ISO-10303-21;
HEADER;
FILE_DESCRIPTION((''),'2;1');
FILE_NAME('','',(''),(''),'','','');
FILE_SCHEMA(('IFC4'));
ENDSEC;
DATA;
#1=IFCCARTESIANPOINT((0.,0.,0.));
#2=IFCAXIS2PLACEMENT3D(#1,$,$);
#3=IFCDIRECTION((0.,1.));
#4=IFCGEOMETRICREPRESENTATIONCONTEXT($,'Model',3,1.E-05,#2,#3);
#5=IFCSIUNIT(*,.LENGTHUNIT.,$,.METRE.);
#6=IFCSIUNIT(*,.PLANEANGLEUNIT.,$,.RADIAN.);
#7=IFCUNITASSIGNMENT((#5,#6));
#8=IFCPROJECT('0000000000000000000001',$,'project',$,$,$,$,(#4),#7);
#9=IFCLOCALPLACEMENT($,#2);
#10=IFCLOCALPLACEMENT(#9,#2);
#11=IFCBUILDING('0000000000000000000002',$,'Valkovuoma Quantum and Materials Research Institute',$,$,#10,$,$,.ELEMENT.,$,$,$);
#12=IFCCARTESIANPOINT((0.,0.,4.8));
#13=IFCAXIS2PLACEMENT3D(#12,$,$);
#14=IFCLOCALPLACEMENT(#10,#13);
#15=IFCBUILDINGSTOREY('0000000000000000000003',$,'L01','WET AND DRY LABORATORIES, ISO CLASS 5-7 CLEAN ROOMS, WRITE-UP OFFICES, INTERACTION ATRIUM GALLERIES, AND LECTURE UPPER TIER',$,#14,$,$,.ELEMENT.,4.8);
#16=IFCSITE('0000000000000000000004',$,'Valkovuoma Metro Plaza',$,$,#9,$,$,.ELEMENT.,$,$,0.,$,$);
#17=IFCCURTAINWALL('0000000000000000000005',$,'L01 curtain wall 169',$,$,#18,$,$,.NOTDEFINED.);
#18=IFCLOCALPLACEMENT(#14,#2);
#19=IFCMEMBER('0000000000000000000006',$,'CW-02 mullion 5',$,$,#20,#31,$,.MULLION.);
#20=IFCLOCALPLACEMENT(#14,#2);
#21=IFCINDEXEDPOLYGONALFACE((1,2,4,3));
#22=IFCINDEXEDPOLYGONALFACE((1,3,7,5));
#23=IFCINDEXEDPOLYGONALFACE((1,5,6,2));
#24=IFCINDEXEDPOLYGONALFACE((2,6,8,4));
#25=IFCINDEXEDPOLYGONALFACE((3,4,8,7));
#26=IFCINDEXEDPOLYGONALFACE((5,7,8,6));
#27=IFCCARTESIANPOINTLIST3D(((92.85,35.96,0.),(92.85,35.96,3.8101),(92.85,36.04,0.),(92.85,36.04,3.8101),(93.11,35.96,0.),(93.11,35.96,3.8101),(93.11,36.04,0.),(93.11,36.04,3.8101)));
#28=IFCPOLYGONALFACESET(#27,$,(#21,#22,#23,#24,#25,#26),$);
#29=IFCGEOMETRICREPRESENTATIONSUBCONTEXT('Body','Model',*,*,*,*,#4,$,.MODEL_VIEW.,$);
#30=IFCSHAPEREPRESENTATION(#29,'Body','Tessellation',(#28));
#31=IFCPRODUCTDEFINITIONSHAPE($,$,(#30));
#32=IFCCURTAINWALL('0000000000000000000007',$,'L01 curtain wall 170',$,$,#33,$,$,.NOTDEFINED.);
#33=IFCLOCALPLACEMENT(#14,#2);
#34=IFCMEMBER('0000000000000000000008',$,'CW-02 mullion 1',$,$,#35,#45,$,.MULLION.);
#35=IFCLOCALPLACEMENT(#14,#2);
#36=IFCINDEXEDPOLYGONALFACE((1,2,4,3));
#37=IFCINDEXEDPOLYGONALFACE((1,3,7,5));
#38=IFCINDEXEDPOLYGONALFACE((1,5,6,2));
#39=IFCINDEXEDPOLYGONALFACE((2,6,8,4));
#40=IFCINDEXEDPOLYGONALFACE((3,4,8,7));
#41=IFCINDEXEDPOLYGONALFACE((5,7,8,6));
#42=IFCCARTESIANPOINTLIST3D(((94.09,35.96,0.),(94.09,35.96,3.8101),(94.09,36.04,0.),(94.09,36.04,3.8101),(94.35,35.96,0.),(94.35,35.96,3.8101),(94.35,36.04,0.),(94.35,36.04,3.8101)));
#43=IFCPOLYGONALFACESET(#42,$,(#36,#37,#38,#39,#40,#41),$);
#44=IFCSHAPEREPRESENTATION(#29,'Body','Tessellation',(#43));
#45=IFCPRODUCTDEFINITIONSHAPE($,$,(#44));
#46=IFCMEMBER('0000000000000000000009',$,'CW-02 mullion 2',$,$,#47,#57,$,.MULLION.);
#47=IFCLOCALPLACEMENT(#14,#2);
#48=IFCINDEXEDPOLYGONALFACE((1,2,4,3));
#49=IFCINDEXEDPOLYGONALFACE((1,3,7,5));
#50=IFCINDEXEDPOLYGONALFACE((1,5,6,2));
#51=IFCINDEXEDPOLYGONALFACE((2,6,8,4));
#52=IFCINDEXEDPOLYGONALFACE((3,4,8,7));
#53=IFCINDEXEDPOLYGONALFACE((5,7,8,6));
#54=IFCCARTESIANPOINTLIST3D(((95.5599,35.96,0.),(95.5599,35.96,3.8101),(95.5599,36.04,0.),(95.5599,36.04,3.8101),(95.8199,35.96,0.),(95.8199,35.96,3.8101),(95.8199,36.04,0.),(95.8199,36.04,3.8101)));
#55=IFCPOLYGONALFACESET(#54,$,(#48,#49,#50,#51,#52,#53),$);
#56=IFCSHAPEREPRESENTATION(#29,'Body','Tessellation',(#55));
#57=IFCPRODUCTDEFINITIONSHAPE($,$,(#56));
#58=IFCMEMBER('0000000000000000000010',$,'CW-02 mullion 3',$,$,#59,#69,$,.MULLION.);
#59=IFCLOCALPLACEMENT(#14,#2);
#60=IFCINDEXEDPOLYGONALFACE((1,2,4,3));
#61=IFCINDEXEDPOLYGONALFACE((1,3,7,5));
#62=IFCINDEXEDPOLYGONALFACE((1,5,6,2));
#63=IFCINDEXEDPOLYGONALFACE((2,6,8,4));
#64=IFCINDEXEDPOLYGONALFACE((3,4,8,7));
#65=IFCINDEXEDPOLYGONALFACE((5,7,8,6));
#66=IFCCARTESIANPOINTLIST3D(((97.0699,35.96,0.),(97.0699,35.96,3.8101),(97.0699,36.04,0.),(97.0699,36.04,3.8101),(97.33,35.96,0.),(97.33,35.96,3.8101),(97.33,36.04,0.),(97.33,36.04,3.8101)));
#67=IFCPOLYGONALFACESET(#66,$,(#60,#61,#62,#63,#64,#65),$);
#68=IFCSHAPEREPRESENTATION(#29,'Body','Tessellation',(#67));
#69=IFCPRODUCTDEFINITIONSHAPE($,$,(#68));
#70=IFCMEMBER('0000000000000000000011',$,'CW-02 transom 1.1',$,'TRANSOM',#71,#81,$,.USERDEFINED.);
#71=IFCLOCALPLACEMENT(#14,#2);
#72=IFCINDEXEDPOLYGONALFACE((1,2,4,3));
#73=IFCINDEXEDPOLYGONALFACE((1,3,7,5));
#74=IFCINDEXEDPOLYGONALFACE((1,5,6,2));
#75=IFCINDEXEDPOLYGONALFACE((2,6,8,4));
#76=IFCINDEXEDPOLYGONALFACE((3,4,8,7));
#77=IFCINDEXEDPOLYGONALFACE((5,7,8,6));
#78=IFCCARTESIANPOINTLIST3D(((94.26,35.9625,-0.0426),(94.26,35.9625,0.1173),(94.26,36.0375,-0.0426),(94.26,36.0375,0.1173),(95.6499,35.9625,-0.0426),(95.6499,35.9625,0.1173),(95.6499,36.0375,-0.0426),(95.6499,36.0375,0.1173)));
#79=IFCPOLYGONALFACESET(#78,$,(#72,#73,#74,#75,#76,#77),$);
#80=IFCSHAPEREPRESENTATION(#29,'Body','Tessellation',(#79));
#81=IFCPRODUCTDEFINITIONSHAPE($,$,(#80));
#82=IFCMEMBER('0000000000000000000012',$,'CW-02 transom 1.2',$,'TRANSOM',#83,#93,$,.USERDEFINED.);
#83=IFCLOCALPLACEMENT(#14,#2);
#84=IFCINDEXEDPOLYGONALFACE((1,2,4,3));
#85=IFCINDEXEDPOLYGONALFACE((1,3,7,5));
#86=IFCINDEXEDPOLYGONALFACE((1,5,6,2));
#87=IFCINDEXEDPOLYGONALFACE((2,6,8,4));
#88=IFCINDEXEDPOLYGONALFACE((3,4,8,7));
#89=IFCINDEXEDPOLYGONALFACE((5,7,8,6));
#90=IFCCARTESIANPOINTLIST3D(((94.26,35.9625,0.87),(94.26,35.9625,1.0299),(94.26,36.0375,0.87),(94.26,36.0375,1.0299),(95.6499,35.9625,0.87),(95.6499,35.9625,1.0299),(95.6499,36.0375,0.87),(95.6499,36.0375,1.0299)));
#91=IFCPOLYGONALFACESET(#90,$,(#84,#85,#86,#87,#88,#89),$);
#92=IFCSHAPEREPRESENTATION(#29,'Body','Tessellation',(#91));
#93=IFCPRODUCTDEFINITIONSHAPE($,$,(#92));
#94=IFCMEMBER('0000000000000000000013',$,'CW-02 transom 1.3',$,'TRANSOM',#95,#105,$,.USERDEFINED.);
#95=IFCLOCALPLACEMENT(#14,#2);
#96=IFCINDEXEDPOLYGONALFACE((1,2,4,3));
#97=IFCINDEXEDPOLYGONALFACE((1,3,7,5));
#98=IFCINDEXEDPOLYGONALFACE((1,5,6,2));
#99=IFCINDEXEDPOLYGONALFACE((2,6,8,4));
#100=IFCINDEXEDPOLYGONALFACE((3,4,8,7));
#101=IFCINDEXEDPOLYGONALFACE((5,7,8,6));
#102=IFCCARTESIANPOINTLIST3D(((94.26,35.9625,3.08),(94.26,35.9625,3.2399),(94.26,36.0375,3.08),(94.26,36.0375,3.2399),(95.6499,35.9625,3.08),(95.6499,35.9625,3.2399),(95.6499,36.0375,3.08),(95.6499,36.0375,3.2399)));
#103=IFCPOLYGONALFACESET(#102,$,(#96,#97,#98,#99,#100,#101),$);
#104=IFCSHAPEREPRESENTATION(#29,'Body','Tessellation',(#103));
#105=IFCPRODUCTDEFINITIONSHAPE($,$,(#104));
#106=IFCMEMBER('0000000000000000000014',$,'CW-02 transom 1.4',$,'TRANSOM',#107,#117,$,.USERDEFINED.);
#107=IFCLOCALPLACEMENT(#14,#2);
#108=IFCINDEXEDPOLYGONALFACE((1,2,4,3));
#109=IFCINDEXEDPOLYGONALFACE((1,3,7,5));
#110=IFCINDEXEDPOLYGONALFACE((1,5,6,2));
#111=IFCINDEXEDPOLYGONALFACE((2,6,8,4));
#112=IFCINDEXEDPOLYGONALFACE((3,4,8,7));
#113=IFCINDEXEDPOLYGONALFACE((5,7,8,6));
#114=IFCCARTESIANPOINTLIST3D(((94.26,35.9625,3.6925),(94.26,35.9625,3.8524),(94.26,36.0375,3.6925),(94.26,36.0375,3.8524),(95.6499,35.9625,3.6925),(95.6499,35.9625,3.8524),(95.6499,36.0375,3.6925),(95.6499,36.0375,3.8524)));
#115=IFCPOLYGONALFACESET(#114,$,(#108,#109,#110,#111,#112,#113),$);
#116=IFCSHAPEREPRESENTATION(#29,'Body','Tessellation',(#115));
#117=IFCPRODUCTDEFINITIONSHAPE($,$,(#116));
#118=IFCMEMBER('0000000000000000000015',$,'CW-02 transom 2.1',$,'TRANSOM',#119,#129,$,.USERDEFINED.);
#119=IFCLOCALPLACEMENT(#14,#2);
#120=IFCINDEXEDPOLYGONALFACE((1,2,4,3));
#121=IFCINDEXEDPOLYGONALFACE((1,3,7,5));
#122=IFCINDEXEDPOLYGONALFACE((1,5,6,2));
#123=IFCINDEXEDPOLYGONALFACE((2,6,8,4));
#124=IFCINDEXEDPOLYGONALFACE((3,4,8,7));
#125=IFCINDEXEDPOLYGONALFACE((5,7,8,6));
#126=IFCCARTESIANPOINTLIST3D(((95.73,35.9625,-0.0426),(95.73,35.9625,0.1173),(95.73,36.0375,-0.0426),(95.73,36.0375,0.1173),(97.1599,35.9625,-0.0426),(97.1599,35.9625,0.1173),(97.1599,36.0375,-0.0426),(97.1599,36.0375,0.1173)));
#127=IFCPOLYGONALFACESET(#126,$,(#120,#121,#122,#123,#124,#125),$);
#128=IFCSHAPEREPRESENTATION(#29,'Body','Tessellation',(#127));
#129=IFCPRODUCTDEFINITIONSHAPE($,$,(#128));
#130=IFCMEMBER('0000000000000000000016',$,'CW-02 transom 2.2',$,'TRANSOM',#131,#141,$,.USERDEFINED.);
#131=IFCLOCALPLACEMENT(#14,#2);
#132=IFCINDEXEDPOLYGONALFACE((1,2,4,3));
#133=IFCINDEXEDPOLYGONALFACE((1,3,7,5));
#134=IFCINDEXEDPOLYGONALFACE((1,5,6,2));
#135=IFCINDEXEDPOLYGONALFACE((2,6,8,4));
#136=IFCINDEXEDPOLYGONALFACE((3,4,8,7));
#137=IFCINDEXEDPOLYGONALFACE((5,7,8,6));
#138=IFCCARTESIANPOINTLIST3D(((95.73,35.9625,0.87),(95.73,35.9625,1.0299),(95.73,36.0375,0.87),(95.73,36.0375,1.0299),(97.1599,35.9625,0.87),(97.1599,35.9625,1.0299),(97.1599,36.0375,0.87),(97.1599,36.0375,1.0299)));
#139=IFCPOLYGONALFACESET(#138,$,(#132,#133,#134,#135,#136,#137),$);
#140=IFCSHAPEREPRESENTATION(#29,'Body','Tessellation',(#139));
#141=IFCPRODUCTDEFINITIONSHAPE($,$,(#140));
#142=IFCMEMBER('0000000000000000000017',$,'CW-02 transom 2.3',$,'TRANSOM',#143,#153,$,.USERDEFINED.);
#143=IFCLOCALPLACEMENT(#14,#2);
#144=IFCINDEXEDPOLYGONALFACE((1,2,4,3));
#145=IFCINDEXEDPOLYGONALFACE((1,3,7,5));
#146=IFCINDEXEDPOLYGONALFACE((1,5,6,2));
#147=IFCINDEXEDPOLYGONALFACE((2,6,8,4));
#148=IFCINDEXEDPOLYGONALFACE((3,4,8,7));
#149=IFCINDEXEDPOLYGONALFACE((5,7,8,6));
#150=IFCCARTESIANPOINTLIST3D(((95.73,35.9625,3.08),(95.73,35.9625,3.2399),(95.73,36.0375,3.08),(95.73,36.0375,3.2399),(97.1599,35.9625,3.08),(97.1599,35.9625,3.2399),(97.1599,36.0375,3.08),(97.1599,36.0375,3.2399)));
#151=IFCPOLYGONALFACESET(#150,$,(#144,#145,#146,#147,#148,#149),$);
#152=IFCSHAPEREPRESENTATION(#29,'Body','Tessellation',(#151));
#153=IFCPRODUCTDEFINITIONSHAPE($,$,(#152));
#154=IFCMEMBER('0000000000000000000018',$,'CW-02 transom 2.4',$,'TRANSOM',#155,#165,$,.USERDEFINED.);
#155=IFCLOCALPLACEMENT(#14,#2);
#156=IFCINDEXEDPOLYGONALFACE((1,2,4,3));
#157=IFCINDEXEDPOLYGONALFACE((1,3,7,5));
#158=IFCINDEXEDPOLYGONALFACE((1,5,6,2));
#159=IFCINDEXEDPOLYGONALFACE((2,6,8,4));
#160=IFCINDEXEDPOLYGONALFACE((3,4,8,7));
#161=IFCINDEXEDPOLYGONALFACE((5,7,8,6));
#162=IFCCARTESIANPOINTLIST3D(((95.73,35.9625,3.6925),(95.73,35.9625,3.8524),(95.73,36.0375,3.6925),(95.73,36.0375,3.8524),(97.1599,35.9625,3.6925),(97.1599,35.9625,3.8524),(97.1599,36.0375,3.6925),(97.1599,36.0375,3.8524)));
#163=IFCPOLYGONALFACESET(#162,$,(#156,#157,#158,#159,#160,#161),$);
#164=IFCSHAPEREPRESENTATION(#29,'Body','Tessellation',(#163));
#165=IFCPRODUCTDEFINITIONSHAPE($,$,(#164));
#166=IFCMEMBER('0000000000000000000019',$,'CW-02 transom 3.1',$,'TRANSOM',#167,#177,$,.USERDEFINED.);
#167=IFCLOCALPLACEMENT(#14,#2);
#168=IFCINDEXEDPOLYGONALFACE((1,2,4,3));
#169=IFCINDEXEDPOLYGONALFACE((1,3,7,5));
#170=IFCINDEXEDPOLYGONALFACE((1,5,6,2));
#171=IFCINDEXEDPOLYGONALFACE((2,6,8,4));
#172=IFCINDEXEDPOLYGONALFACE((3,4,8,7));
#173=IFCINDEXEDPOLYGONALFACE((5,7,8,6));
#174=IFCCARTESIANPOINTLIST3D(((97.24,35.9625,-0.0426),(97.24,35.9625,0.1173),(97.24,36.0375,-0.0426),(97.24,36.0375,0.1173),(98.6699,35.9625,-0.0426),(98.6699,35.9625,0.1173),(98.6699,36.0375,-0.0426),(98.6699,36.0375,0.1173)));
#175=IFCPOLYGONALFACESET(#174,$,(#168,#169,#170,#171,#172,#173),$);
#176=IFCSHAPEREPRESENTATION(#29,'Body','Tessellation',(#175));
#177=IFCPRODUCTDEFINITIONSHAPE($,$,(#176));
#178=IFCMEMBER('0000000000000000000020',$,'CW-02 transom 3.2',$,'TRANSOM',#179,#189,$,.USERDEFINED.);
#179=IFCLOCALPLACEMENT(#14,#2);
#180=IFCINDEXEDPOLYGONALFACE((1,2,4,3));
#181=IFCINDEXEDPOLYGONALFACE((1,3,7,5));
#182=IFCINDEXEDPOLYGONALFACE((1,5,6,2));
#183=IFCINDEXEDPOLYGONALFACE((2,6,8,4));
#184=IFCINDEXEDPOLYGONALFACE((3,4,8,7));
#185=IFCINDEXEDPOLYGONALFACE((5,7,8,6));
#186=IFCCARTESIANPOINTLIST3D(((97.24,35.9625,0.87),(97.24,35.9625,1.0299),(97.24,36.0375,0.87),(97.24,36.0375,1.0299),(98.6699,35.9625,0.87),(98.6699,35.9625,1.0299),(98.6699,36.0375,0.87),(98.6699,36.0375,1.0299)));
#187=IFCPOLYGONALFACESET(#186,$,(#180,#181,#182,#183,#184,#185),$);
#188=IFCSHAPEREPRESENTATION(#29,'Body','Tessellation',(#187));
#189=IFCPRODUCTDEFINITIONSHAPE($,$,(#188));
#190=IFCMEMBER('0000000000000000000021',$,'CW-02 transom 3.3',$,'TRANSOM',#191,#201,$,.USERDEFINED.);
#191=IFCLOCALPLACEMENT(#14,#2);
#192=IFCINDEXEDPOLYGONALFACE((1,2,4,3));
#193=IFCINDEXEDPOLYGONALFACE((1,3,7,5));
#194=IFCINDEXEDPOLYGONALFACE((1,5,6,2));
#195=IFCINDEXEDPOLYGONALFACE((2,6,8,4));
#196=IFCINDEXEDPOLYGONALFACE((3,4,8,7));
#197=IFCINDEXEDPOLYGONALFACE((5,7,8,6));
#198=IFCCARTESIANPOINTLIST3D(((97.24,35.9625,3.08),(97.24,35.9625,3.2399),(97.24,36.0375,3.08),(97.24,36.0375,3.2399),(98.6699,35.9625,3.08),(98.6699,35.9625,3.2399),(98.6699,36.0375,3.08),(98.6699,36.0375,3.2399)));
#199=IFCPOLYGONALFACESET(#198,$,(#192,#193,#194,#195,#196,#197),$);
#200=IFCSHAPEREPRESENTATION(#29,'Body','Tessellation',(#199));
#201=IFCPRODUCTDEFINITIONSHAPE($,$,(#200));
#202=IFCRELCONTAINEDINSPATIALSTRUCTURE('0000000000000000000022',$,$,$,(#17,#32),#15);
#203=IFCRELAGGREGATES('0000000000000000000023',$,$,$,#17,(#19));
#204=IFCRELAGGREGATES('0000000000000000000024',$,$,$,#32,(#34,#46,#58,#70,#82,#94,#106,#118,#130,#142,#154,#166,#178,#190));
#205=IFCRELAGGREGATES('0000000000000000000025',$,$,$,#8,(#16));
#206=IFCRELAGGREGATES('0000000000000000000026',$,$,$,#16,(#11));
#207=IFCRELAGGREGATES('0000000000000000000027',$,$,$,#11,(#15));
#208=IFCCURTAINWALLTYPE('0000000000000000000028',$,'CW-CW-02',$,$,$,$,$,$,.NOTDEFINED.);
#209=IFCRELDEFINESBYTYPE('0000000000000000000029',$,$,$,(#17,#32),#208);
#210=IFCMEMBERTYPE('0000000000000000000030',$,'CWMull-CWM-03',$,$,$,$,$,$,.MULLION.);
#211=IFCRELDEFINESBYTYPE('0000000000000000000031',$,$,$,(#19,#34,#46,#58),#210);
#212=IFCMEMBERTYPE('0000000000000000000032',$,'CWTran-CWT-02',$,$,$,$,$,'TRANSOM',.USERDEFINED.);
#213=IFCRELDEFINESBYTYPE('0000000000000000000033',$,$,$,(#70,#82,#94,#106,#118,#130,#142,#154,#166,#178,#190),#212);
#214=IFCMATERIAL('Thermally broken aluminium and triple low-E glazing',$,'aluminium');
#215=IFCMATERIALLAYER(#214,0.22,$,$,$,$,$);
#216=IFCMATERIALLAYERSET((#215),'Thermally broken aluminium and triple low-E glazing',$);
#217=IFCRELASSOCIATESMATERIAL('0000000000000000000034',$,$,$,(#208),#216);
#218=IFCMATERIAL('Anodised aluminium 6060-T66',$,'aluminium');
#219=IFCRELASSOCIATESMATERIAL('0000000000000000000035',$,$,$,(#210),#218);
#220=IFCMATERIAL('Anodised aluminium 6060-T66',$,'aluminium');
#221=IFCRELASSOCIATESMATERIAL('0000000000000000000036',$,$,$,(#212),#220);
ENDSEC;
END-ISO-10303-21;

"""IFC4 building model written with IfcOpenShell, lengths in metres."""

from ifc_helpers import new_model, si_unit, direction, frame, origin, origin_2d, place, context, subcontext, project, spatial, rectangle, extrude, material, layer, layer_set, material_profile, profile_set, type_object, element, aggregate, save


model = new_model("IFC4")

# Units and contexts
model_context = context("Model", 3, precision=1e-05, world=origin(), true_north=direction((0.0, 1.0)))
body_context = subcontext(model_context, "Body", "Model", "MODEL_VIEW")
ifc_project = project(units=[si_unit("LENGTHUNIT", "METRE"), si_unit("PLANEANGLEUNIT", "RADIAN")], contexts=[model_context])

# Site, building, storey
site_placement = place(None, origin())
site = spatial("IfcSite", under=ifc_project, at=site_placement, Name="Valkovuoma Metro Plaza", CompositionType="ELEMENT", RefElevation=0.0)
building_placement = place(site_placement, origin())
building = spatial("IfcBuilding", under=site, at=building_placement, Name="Valkovuoma Quantum and Materials Research Institute", CompositionType="ELEMENT")
storey_placement = place(building_placement, frame((0.0, 0.0, 4.8)))
storey = spatial("IfcBuildingStorey", under=building, at=storey_placement, Name="L01", Description="WET AND DRY LABORATORIES, ISO CLASS 5-7 CLEAN ROOMS, WRITE-UP OFFICES, INTERACTION ATRIUM GALLERIES, AND LECTURE UPPER TIER", CompositionType="ELEMENT", Elevation=4.8)

# Curtain wall, member
ifc_material_1 = material(Name="Thermally broken aluminium and triple low-E glazing", Category="aluminium")
ifc_layer_1 = layer(ifc_material_1, 0.22)
ifc_layer_set_1 = layer_set([ifc_layer_1], Name="Thermally broken aluminium and triple low-E glazing")
curtain_wall_type = type_object("IfcCurtainWallType", Name="CW-CW-02", PredefinedType="NOTDEFINED", material=ifc_layer_set_1)
curtain_wall_1_placement = place(storey_placement, origin())
curtain_wall_1 = element("IfcCurtainWall", 1, at=curtain_wall_1_placement, inside=storey, type_object=curtain_wall_type, Name="L01 curtain wall 169", PredefinedType="NOTDEFINED")
ifc_material_2 = material(Name="Anodised aluminium 6060-T66", Category="aluminium")
ifc_material_profile_1 = material_profile(ifc_material_2, rectangle(XDim=0.0801, YDim=0.26, at=origin_2d()), Name="Anodised aluminium 6060-T66")
ifc_profile_set_1 = profile_set([ifc_material_profile_1], Name="Anodised aluminium 6060-T66")
member_type_1 = type_object("IfcMemberType", Name="CWMull-CWM-03", PredefinedType="MULLION", material=ifc_profile_set_1)
member_1_placement = place(storey_placement, frame((92.98, 36.0, 0.0), z_axis=(0.0, 0.0, 1.0), x_axis=(0.0, 1.0, 0.0)))
member_1 = element("IfcMember", 2, at=member_1_placement, type_object=member_type_1, Name="CW-02 mullion 5", PredefinedType="MULLION", context=body_context, shape_type="SweptSolid", body=[
    extrude(rectangle(XDim=0.0801, YDim=0.26, at=origin_2d()), origin(), (0.0, 0.0, 1.0), 3.8101),
])

# Curtain wall, members
curtain_wall_2_placement = place(storey_placement, origin())
curtain_wall_2 = element("IfcCurtainWall", 3, at=curtain_wall_2_placement, inside=storey, type_object=curtain_wall_type, Name="L01 curtain wall 170", PredefinedType="NOTDEFINED")
member_2_placement = place(storey_placement, frame((94.22, 36.0, 0.0), z_axis=(0.0, 0.0, 1.0), x_axis=(0.0, 1.0, 0.0)))
member_2 = element("IfcMember", 4, at=member_2_placement, type_object=member_type_1, Name="CW-02 mullion 1", PredefinedType="MULLION", context=body_context, shape_type="SweptSolid", body=[
    extrude(rectangle(XDim=0.0801, YDim=0.26, at=origin_2d()), origin(), (0.0, 0.0, 1.0), 3.8101),
])
member_3_placement = place(storey_placement, frame((95.6899, 36.0, 0.0), z_axis=(0.0, 0.0, 1.0), x_axis=(0.0, 1.0, 0.0)))
member_3 = element("IfcMember", 5, at=member_3_placement, type_object=member_type_1, Name="CW-02 mullion 2", PredefinedType="MULLION", context=body_context, shape_type="SweptSolid", body=[
    extrude(rectangle(XDim=0.0801, YDim=0.26, at=origin_2d()), origin(), (0.0, 0.0, 1.0), 3.8101),
])
member_4_placement = place(storey_placement, frame((97.2, 36.0, 0.0), z_axis=(0.0, 0.0, 1.0), x_axis=(0.0, 1.0, 0.0)))
member_4 = element("IfcMember", 6, at=member_4_placement, type_object=member_type_1, Name="CW-02 mullion 3", PredefinedType="MULLION", context=body_context, shape_type="SweptSolid", body=[
    extrude(rectangle(XDim=0.0801, YDim=0.26, at=origin_2d()), origin(), (0.0, 0.0, 1.0), 3.8101),
])
ifc_material_3 = material(Name="Anodised aluminium 6060-T66", Category="aluminium")
ifc_material_profile_2 = material_profile(ifc_material_3, rectangle(XDim=0.075, YDim=0.1599, at=origin_2d()), Name="Anodised aluminium 6060-T66")
ifc_profile_set_2 = profile_set([ifc_material_profile_2], Name="Anodised aluminium 6060-T66")
member_type_2 = type_object("IfcMemberType", Name="CWTran-CWT-02", ElementType="TRANSOM", PredefinedType="USERDEFINED", material=ifc_profile_set_2)
member_5_placement = place(storey_placement, frame((94.26, 36.0, 0.0374), z_axis=(1.0, 0.0, 0.0), x_axis=(0.0, 1.0, 0.0)))
member_5 = element("IfcMember", 7, at=member_5_placement, type_object=member_type_2, Name="CW-02 transom 1.1", ObjectType="TRANSOM", PredefinedType="USERDEFINED", context=body_context, shape_type="SweptSolid", body=[
    extrude(rectangle(XDim=0.075, YDim=0.1599, at=origin_2d()), origin(), (0.0, 0.0, 1.0), 1.3899),
])
member_6_placement = place(storey_placement, frame((94.26, 36.0, 0.95), z_axis=(1.0, 0.0, 0.0), x_axis=(0.0, 1.0, 0.0)))
member_6 = element("IfcMember", 8, at=member_6_placement, type_object=member_type_2, Name="CW-02 transom 1.2", ObjectType="TRANSOM", PredefinedType="USERDEFINED", context=body_context, shape_type="SweptSolid", body=[
    extrude(rectangle(XDim=0.075, YDim=0.1599, at=origin_2d()), origin(), (0.0, 0.0, 1.0), 1.3899),
])
member_7_placement = place(storey_placement, frame((94.26, 36.0, 3.1599), z_axis=(1.0, 0.0, 0.0), x_axis=(0.0, 1.0, 0.0)))
member_7 = element("IfcMember", 9, at=member_7_placement, type_object=member_type_2, Name="CW-02 transom 1.3", ObjectType="TRANSOM", PredefinedType="USERDEFINED", context=body_context, shape_type="SweptSolid", body=[
    extrude(rectangle(XDim=0.075, YDim=0.1599, at=origin_2d()), origin(), (0.0, 0.0, 1.0), 1.3899),
])
member_8_placement = place(storey_placement, frame((94.26, 36.0, 3.7725), z_axis=(1.0, 0.0, 0.0), x_axis=(0.0, 1.0, 0.0)))
member_8 = element("IfcMember", 10, at=member_8_placement, type_object=member_type_2, Name="CW-02 transom 1.4", ObjectType="TRANSOM", PredefinedType="USERDEFINED", context=body_context, shape_type="SweptSolid", body=[
    extrude(rectangle(XDim=0.075, YDim=0.1599, at=origin_2d()), origin(), (0.0, 0.0, 1.0), 1.3899),
])
member_9_placement = place(storey_placement, frame((95.73, 36.0, 0.0374), z_axis=(1.0, 0.0, 0.0), x_axis=(0.0, 1.0, 0.0)))
member_9 = element("IfcMember", 11, at=member_9_placement, type_object=member_type_2, Name="CW-02 transom 2.1", ObjectType="TRANSOM", PredefinedType="USERDEFINED", context=body_context, shape_type="SweptSolid", body=[
    extrude(rectangle(XDim=0.075, YDim=0.1599, at=origin_2d()), origin(), (0.0, 0.0, 1.0), 1.4299),
])
member_10_placement = place(storey_placement, frame((95.73, 36.0, 0.95), z_axis=(1.0, 0.0, 0.0), x_axis=(0.0, 1.0, 0.0)))
member_10 = element("IfcMember", 12, at=member_10_placement, type_object=member_type_2, Name="CW-02 transom 2.2", ObjectType="TRANSOM", PredefinedType="USERDEFINED", context=body_context, shape_type="SweptSolid", body=[
    extrude(rectangle(XDim=0.075, YDim=0.1599, at=origin_2d()), origin(), (0.0, 0.0, 1.0), 1.4299),
])
member_11_placement = place(storey_placement, frame((95.73, 36.0, 3.1599), z_axis=(1.0, 0.0, 0.0), x_axis=(0.0, 1.0, 0.0)))
member_11 = element("IfcMember", 13, at=member_11_placement, type_object=member_type_2, Name="CW-02 transom 2.3", ObjectType="TRANSOM", PredefinedType="USERDEFINED", context=body_context, shape_type="SweptSolid", body=[
    extrude(rectangle(XDim=0.075, YDim=0.1599, at=origin_2d()), origin(), (0.0, 0.0, 1.0), 1.4299),
])
member_12_placement = place(storey_placement, frame((95.73, 36.0, 3.7725), z_axis=(1.0, 0.0, 0.0), x_axis=(0.0, 1.0, 0.0)))
member_12 = element("IfcMember", 14, at=member_12_placement, type_object=member_type_2, Name="CW-02 transom 2.4", ObjectType="TRANSOM", PredefinedType="USERDEFINED", context=body_context, shape_type="SweptSolid", body=[
    extrude(rectangle(XDim=0.075, YDim=0.1599, at=origin_2d()), origin(), (0.0, 0.0, 1.0), 1.4299),
])
member_13_placement = place(storey_placement, frame((97.24, 36.0, 0.0374), z_axis=(1.0, 0.0, 0.0), x_axis=(0.0, 1.0, 0.0)))
member_13 = element("IfcMember", 15, at=member_13_placement, type_object=member_type_2, Name="CW-02 transom 3.1", ObjectType="TRANSOM", PredefinedType="USERDEFINED", context=body_context, shape_type="SweptSolid", body=[
    extrude(rectangle(XDim=0.075, YDim=0.1599, at=origin_2d()), origin(), (0.0, 0.0, 1.0), 1.4299),
])
member_14_placement = place(storey_placement, frame((97.24, 36.0, 0.95), z_axis=(1.0, 0.0, 0.0), x_axis=(0.0, 1.0, 0.0)))
member_14 = element("IfcMember", 16, at=member_14_placement, type_object=member_type_2, Name="CW-02 transom 3.2", ObjectType="TRANSOM", PredefinedType="USERDEFINED", context=body_context, shape_type="SweptSolid", body=[
    extrude(rectangle(XDim=0.075, YDim=0.1599, at=origin_2d()), origin(), (0.0, 0.0, 1.0), 1.4299),
])
member_15_placement = place(storey_placement, frame((97.24, 36.0, 3.1599), z_axis=(1.0, 0.0, 0.0), x_axis=(0.0, 1.0, 0.0)))
member_15 = element("IfcMember", 17, at=member_15_placement, type_object=member_type_2, Name="CW-02 transom 3.3", ObjectType="TRANSOM", PredefinedType="USERDEFINED", context=body_context, shape_type="SweptSolid", body=[
    extrude(rectangle(XDim=0.075, YDim=0.1599, at=origin_2d()), origin(), (0.0, 0.0, 1.0), 1.4299),
])

aggregate(curtain_wall_1, [member_1])
aggregate(curtain_wall_2, [member_2, member_3, member_4, member_5, member_6, member_7, member_8, member_9, member_10, member_11, member_12, member_13, member_14, member_15])

save(model, "model.ifc")
